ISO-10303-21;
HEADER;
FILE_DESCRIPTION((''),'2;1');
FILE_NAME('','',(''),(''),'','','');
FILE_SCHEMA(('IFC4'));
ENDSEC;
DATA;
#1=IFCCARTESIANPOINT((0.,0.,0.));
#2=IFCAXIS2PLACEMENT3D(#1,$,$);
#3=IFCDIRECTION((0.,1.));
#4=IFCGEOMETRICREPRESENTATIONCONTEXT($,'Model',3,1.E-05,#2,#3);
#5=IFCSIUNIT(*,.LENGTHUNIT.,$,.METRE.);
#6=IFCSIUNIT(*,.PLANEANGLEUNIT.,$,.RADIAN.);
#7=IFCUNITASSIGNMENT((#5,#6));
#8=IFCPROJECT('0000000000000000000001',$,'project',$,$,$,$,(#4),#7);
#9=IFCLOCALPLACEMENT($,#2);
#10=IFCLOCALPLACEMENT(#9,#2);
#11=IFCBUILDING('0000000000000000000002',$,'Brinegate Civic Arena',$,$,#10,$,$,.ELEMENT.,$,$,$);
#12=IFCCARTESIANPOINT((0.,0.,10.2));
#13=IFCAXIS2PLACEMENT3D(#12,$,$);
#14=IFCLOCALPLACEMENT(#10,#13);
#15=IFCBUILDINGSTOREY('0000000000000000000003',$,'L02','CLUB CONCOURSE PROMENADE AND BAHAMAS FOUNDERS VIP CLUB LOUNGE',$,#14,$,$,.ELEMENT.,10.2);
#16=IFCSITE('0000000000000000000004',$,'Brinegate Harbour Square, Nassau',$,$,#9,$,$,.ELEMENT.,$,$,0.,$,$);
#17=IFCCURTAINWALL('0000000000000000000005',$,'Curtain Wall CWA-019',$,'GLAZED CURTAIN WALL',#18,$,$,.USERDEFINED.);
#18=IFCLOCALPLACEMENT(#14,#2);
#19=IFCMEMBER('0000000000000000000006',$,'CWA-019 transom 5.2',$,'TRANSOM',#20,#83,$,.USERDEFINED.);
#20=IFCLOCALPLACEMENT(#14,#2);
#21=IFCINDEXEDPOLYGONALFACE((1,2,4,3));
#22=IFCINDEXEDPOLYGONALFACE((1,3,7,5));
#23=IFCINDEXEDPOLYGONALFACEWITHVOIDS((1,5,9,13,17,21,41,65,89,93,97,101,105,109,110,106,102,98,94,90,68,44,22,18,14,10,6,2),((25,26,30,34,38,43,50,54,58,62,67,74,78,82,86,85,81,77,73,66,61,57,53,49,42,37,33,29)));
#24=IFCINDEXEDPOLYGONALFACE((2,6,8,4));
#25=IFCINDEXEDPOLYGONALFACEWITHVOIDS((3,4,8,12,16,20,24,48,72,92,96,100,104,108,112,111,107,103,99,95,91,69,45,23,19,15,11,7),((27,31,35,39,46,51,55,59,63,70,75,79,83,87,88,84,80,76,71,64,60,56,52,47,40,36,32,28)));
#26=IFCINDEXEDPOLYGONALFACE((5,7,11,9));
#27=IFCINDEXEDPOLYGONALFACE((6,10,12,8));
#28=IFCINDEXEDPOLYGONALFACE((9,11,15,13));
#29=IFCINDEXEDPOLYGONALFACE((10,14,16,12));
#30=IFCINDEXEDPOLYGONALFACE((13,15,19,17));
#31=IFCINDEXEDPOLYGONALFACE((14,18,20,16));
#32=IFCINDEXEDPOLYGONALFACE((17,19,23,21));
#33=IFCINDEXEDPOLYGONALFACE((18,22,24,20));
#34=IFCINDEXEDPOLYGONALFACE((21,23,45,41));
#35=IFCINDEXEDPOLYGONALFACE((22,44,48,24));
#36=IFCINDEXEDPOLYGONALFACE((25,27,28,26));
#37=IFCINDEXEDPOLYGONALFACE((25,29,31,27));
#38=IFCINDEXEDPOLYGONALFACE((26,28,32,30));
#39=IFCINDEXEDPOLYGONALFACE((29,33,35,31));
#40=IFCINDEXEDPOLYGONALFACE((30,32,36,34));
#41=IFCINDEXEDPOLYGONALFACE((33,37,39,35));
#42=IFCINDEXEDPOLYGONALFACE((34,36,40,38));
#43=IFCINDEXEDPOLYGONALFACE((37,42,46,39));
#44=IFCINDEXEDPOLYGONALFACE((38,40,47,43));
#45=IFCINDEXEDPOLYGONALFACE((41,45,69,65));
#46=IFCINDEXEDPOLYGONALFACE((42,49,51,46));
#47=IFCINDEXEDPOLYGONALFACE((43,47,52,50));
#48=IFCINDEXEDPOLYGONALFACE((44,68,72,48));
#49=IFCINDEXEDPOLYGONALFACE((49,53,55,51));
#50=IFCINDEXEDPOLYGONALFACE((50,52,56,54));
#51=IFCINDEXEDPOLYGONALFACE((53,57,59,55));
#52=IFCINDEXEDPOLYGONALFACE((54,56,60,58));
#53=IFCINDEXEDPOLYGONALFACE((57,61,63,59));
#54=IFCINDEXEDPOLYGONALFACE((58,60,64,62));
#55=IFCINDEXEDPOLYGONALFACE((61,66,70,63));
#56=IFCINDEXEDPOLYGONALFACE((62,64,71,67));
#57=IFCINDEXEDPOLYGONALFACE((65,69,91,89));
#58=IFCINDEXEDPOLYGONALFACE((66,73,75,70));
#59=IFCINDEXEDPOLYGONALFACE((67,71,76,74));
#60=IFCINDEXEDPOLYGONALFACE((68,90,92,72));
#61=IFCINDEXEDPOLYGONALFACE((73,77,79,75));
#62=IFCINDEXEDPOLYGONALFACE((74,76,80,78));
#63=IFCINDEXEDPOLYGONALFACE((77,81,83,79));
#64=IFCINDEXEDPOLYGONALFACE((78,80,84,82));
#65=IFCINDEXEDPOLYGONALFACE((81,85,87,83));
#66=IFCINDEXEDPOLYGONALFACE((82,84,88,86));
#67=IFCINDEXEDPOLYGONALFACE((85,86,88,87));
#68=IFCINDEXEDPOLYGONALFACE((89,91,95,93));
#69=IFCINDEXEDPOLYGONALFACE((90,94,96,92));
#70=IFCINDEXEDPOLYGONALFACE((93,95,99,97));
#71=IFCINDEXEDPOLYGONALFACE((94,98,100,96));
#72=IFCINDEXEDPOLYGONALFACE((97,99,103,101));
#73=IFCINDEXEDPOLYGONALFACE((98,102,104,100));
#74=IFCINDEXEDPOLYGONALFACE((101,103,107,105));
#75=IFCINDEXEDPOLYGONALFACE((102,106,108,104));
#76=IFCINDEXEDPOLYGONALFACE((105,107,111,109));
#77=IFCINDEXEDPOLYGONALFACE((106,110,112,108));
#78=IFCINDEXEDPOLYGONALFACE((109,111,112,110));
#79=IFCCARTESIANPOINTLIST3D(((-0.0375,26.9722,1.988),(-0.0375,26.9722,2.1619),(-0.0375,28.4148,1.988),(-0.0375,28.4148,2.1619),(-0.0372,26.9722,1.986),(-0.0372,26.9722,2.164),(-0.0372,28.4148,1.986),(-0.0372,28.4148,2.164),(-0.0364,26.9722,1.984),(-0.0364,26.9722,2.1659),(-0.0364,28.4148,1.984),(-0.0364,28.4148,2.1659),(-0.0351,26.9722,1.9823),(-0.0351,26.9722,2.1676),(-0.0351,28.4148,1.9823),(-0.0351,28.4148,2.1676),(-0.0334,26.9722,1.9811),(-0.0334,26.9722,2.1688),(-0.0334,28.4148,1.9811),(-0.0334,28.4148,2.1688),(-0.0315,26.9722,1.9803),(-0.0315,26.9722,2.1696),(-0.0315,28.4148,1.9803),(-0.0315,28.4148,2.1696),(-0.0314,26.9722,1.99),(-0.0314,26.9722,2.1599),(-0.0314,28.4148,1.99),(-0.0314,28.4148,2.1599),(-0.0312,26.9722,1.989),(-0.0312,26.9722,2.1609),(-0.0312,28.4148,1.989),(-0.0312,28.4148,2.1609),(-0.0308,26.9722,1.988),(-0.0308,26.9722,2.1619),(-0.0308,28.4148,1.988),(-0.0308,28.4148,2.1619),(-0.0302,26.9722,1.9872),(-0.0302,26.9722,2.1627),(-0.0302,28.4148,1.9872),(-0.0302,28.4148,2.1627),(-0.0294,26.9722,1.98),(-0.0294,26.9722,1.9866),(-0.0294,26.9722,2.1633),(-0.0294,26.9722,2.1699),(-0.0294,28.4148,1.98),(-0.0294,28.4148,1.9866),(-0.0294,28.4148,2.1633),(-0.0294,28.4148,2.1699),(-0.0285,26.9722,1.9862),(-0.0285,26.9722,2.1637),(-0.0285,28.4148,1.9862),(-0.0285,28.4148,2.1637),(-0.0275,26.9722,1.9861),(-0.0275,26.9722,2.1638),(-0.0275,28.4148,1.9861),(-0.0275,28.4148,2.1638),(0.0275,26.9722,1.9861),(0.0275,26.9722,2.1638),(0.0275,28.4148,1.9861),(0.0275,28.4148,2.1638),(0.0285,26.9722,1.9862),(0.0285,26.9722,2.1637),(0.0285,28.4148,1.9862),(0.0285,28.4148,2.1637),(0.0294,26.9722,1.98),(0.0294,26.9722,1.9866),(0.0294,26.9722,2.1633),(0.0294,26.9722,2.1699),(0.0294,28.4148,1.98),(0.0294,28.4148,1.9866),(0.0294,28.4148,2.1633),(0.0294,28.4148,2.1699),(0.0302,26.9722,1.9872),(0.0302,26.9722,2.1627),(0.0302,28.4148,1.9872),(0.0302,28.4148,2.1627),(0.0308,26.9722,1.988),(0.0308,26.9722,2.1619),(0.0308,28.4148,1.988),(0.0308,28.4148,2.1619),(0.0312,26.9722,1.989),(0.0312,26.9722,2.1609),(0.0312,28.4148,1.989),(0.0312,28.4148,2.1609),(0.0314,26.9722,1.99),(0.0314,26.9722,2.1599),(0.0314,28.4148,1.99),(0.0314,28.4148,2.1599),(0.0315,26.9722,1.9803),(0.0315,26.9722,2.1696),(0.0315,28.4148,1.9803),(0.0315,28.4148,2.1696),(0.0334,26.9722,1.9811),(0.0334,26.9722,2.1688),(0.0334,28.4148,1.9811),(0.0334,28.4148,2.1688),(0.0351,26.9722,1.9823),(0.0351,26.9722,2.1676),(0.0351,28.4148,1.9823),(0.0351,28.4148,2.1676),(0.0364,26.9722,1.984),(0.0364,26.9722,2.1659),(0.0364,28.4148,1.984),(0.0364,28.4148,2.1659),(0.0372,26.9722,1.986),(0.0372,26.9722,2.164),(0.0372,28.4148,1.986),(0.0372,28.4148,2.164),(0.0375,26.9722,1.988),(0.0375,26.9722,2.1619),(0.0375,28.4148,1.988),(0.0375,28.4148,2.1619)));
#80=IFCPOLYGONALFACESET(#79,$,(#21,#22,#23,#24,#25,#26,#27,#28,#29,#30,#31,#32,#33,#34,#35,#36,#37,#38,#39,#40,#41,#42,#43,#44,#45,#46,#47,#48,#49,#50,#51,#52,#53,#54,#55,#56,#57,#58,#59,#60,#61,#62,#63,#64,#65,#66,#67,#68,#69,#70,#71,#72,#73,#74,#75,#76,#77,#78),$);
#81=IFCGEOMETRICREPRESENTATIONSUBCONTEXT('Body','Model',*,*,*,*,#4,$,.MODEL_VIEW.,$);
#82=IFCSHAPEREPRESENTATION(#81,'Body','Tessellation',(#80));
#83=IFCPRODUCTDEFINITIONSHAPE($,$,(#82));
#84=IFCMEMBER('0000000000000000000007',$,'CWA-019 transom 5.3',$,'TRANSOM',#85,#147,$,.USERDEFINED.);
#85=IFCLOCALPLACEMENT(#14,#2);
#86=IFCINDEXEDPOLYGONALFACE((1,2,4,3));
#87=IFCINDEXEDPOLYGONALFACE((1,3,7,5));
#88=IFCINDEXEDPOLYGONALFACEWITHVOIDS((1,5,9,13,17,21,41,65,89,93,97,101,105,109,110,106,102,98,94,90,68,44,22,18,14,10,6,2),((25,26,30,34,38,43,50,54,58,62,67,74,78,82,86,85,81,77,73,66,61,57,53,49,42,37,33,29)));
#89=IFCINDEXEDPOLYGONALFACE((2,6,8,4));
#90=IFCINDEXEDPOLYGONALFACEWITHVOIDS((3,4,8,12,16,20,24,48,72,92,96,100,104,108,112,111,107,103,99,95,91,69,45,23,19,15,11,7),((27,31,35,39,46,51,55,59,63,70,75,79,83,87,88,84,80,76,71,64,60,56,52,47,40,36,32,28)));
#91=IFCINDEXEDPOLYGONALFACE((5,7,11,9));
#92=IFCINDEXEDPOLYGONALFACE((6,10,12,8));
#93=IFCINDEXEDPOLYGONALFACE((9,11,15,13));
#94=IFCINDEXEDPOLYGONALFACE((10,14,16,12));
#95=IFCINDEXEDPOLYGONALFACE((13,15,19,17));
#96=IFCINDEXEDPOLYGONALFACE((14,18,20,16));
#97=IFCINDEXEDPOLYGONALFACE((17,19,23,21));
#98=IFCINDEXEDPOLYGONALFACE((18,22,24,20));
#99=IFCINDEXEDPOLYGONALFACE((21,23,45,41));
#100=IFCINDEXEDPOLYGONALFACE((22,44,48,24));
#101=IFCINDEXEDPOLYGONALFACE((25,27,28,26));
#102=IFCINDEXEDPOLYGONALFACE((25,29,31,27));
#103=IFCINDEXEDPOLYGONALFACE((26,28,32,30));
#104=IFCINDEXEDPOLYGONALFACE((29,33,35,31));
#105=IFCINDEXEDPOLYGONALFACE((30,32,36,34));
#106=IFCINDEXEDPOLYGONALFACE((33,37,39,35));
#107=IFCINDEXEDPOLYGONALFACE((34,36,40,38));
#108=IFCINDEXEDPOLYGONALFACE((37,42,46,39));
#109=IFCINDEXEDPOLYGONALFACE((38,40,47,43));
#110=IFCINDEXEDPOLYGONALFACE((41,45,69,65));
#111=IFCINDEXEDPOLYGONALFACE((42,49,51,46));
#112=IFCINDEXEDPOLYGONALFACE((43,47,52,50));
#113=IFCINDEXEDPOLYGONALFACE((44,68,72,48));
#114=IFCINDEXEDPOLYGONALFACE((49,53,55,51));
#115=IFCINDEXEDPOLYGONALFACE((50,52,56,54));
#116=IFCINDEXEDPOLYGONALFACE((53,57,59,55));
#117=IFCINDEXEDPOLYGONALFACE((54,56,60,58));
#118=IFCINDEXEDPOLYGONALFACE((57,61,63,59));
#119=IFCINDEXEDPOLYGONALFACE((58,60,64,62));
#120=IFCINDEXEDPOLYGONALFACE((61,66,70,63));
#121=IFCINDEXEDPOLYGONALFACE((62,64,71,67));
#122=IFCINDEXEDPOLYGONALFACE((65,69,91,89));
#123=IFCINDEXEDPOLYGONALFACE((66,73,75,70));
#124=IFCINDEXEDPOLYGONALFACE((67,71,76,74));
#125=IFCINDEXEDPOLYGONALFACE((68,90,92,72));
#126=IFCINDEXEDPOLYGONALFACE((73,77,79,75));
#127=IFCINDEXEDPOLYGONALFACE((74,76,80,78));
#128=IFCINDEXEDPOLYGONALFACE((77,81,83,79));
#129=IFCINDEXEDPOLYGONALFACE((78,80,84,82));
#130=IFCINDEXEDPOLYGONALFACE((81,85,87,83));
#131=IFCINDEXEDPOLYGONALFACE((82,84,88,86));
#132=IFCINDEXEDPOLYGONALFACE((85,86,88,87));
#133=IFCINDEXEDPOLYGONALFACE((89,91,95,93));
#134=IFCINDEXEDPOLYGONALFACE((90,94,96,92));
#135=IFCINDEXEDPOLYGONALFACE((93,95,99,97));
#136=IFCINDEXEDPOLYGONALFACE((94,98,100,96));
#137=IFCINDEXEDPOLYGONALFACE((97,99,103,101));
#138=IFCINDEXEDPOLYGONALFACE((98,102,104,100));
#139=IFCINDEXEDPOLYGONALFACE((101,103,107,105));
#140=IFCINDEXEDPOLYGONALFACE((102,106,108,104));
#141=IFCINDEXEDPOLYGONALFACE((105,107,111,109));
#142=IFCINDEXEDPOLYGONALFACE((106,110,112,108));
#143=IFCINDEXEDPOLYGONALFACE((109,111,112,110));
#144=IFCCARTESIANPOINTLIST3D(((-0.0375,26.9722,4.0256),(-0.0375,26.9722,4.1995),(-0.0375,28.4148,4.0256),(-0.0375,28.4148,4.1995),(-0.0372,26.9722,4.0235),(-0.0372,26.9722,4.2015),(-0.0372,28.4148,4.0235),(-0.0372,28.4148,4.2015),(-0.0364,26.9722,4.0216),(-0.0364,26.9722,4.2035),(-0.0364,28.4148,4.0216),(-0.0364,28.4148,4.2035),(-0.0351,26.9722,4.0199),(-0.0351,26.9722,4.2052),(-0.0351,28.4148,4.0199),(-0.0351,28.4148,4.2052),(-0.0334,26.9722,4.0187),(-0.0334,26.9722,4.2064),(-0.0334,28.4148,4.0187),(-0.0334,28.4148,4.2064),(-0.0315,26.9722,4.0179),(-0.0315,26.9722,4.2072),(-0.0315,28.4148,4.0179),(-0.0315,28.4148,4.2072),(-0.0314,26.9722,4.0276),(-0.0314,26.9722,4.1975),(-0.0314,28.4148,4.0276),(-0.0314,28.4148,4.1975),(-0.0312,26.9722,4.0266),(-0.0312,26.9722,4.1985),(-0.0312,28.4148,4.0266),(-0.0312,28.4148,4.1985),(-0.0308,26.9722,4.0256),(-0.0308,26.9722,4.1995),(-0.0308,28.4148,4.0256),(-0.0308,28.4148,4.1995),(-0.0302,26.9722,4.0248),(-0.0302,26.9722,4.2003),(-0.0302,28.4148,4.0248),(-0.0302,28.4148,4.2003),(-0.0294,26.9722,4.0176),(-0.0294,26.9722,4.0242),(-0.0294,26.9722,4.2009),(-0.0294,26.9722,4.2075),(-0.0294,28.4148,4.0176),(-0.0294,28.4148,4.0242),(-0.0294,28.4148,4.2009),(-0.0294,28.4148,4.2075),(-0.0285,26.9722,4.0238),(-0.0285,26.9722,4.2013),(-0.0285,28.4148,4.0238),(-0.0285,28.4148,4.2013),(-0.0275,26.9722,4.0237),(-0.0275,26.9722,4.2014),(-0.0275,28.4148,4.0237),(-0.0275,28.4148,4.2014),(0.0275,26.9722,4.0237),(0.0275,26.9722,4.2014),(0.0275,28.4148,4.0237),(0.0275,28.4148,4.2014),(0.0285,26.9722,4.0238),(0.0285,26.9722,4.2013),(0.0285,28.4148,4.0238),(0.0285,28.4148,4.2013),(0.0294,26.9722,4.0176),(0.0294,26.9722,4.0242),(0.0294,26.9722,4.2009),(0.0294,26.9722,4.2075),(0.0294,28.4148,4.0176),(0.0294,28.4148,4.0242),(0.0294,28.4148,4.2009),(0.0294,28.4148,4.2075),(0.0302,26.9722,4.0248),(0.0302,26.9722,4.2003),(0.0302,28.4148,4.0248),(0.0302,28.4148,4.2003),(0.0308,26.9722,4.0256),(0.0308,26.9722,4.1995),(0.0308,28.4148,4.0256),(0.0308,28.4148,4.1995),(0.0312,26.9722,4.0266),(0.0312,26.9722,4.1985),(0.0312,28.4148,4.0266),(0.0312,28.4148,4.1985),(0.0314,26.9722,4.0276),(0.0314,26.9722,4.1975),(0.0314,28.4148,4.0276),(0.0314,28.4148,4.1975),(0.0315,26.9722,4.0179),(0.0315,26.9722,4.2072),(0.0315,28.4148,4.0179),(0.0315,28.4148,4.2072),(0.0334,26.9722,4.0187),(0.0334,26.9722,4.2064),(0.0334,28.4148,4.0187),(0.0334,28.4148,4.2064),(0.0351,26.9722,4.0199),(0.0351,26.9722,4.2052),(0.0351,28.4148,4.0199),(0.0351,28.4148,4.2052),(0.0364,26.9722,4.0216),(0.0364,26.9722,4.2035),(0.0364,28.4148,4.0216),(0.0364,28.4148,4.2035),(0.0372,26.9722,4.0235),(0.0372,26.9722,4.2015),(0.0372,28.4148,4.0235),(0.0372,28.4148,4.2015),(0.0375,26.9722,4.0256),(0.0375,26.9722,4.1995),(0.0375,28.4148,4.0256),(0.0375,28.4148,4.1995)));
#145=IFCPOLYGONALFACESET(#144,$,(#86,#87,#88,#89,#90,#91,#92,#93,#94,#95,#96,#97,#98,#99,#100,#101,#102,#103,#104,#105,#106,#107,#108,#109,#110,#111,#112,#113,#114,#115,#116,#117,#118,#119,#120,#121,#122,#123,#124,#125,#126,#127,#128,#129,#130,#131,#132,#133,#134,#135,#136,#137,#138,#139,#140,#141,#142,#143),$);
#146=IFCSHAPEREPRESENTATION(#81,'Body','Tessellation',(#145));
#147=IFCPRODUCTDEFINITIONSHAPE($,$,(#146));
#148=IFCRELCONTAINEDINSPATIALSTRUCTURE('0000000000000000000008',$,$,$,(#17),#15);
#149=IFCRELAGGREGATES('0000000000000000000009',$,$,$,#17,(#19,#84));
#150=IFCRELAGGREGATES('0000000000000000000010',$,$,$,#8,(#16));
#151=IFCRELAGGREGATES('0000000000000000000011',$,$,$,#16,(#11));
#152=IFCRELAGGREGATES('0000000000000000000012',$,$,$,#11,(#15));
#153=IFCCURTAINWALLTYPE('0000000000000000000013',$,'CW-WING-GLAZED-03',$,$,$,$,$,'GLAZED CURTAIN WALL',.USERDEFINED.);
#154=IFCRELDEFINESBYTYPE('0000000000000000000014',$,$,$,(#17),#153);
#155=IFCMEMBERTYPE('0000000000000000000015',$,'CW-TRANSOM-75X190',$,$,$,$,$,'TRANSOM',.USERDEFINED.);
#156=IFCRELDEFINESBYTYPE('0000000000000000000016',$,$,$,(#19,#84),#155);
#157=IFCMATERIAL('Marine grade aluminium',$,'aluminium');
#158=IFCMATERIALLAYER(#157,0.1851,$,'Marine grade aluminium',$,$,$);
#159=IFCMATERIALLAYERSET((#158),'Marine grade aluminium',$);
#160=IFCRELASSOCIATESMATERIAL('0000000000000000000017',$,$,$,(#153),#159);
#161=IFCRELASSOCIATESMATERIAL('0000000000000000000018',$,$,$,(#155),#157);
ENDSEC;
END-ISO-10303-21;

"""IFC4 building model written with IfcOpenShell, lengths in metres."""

from ifc_helpers import new_model, si_unit, direction, frame, origin, origin_2d, place, context, subcontext, project, spatial, hollow_rectangle, extrude, material, layer, layer_set, material_profile, profile_set, type_object, element, aggregate, save


model = new_model("IFC4")

# Units and contexts
model_context = context("Model", 3, precision=1e-05, world=origin(), true_north=direction((0.0, 1.0)))
body_context = subcontext(model_context, "Body", "Model", "MODEL_VIEW")
ifc_project = project(units=[si_unit("LENGTHUNIT", "METRE"), si_unit("PLANEANGLEUNIT", "RADIAN")], contexts=[model_context])

# Site, building, storey
site_placement = place(None, origin())
site = spatial("IfcSite", under=ifc_project, at=site_placement, Name="Brinegate Harbour Square, Nassau", CompositionType="ELEMENT", RefElevation=0.0)
building_placement = place(site_placement, origin())
building = spatial("IfcBuilding", under=site, at=building_placement, Name="Brinegate Civic Arena", CompositionType="ELEMENT")
storey_placement = place(building_placement, frame((0.0, 0.0, 10.2)))
storey = spatial("IfcBuildingStorey", under=building, at=storey_placement, Name="L02", Description="CLUB CONCOURSE PROMENADE AND BAHAMAS FOUNDERS VIP CLUB LOUNGE", CompositionType="ELEMENT", Elevation=10.2)

# Curtain wall, members
ifc_material_1 = material(Name="Marine grade aluminium", Category="aluminium")
ifc_layer_1 = layer(ifc_material_1, 0.1851, Name="Marine grade aluminium")
ifc_layer_set_1 = layer_set([ifc_layer_1], Name="Marine grade aluminium")
curtain_wall_type = type_object("IfcCurtainWallType", Name="CW-WING-GLAZED-03", ElementType="GLAZED CURTAIN WALL", PredefinedType="USERDEFINED", material=ifc_layer_set_1)
curtain_wall_placement = place(storey_placement, origin())
curtain_wall = element("IfcCurtainWall", 1, at=curtain_wall_placement, inside=storey, type_object=curtain_wall_type, Name="Curtain Wall CWA-019", ObjectType="GLAZED CURTAIN WALL", PredefinedType="USERDEFINED")
ifc_material_profile_1 = material_profile(ifc_material_1, hollow_rectangle(XDim=0.075, YDim=0.1899, WallThickness=0.0061, InnerFilletRadius=0.0039, OuterFilletRadius=0.0081, at=origin_2d()), Name="TRN75X190")
ifc_profile_set_1 = profile_set([ifc_material_profile_1], Name="Marine grade aluminium")
member_type_1 = type_object("IfcMemberType", Name="CW-TRANSOM-75X190", ElementType="TRANSOM", PredefinedType="USERDEFINED", material=ifc_profile_set_1)
member_1_placement = place(storey_placement, frame((0.0, 26.9722, 2.075), z_axis=(0.0, 1.0, 0.0), x_axis=(-1.0, 0.0, 0.0)))
member_1 = element("IfcMember", 2, at=member_1_placement, type_object=member_type_1, Name="CWA-019 transom 5.2", ObjectType="TRANSOM", PredefinedType="USERDEFINED", context=body_context, shape_type="SweptSolid", body=[
    extrude(hollow_rectangle(XDim=0.075, YDim=0.1899, WallThickness=0.0061, InnerFilletRadius=0.0039, OuterFilletRadius=0.0081, at=origin_2d()), origin(), (0.0, 0.0, 1.0), 1.4426),
])
member_2_placement = place(storey_placement, frame((0.0, 26.9722, 4.1125), z_axis=(0.0, 1.0, 0.0), x_axis=(-1.0, 0.0, 0.0)))
member_2 = element("IfcMember", 3, at=member_2_placement, type_object=member_type_1, Name="CWA-019 transom 5.3", ObjectType="TRANSOM", PredefinedType="USERDEFINED", context=body_context, shape_type="SweptSolid", body=[
    extrude(hollow_rectangle(XDim=0.075, YDim=0.1899, WallThickness=0.0061, InnerFilletRadius=0.0039, OuterFilletRadius=0.0081, at=origin_2d()), origin(), (0.0, 0.0, 1.0), 1.4426),
])

aggregate(curtain_wall, [member_1, member_2])

save(model, "model.ifc")
